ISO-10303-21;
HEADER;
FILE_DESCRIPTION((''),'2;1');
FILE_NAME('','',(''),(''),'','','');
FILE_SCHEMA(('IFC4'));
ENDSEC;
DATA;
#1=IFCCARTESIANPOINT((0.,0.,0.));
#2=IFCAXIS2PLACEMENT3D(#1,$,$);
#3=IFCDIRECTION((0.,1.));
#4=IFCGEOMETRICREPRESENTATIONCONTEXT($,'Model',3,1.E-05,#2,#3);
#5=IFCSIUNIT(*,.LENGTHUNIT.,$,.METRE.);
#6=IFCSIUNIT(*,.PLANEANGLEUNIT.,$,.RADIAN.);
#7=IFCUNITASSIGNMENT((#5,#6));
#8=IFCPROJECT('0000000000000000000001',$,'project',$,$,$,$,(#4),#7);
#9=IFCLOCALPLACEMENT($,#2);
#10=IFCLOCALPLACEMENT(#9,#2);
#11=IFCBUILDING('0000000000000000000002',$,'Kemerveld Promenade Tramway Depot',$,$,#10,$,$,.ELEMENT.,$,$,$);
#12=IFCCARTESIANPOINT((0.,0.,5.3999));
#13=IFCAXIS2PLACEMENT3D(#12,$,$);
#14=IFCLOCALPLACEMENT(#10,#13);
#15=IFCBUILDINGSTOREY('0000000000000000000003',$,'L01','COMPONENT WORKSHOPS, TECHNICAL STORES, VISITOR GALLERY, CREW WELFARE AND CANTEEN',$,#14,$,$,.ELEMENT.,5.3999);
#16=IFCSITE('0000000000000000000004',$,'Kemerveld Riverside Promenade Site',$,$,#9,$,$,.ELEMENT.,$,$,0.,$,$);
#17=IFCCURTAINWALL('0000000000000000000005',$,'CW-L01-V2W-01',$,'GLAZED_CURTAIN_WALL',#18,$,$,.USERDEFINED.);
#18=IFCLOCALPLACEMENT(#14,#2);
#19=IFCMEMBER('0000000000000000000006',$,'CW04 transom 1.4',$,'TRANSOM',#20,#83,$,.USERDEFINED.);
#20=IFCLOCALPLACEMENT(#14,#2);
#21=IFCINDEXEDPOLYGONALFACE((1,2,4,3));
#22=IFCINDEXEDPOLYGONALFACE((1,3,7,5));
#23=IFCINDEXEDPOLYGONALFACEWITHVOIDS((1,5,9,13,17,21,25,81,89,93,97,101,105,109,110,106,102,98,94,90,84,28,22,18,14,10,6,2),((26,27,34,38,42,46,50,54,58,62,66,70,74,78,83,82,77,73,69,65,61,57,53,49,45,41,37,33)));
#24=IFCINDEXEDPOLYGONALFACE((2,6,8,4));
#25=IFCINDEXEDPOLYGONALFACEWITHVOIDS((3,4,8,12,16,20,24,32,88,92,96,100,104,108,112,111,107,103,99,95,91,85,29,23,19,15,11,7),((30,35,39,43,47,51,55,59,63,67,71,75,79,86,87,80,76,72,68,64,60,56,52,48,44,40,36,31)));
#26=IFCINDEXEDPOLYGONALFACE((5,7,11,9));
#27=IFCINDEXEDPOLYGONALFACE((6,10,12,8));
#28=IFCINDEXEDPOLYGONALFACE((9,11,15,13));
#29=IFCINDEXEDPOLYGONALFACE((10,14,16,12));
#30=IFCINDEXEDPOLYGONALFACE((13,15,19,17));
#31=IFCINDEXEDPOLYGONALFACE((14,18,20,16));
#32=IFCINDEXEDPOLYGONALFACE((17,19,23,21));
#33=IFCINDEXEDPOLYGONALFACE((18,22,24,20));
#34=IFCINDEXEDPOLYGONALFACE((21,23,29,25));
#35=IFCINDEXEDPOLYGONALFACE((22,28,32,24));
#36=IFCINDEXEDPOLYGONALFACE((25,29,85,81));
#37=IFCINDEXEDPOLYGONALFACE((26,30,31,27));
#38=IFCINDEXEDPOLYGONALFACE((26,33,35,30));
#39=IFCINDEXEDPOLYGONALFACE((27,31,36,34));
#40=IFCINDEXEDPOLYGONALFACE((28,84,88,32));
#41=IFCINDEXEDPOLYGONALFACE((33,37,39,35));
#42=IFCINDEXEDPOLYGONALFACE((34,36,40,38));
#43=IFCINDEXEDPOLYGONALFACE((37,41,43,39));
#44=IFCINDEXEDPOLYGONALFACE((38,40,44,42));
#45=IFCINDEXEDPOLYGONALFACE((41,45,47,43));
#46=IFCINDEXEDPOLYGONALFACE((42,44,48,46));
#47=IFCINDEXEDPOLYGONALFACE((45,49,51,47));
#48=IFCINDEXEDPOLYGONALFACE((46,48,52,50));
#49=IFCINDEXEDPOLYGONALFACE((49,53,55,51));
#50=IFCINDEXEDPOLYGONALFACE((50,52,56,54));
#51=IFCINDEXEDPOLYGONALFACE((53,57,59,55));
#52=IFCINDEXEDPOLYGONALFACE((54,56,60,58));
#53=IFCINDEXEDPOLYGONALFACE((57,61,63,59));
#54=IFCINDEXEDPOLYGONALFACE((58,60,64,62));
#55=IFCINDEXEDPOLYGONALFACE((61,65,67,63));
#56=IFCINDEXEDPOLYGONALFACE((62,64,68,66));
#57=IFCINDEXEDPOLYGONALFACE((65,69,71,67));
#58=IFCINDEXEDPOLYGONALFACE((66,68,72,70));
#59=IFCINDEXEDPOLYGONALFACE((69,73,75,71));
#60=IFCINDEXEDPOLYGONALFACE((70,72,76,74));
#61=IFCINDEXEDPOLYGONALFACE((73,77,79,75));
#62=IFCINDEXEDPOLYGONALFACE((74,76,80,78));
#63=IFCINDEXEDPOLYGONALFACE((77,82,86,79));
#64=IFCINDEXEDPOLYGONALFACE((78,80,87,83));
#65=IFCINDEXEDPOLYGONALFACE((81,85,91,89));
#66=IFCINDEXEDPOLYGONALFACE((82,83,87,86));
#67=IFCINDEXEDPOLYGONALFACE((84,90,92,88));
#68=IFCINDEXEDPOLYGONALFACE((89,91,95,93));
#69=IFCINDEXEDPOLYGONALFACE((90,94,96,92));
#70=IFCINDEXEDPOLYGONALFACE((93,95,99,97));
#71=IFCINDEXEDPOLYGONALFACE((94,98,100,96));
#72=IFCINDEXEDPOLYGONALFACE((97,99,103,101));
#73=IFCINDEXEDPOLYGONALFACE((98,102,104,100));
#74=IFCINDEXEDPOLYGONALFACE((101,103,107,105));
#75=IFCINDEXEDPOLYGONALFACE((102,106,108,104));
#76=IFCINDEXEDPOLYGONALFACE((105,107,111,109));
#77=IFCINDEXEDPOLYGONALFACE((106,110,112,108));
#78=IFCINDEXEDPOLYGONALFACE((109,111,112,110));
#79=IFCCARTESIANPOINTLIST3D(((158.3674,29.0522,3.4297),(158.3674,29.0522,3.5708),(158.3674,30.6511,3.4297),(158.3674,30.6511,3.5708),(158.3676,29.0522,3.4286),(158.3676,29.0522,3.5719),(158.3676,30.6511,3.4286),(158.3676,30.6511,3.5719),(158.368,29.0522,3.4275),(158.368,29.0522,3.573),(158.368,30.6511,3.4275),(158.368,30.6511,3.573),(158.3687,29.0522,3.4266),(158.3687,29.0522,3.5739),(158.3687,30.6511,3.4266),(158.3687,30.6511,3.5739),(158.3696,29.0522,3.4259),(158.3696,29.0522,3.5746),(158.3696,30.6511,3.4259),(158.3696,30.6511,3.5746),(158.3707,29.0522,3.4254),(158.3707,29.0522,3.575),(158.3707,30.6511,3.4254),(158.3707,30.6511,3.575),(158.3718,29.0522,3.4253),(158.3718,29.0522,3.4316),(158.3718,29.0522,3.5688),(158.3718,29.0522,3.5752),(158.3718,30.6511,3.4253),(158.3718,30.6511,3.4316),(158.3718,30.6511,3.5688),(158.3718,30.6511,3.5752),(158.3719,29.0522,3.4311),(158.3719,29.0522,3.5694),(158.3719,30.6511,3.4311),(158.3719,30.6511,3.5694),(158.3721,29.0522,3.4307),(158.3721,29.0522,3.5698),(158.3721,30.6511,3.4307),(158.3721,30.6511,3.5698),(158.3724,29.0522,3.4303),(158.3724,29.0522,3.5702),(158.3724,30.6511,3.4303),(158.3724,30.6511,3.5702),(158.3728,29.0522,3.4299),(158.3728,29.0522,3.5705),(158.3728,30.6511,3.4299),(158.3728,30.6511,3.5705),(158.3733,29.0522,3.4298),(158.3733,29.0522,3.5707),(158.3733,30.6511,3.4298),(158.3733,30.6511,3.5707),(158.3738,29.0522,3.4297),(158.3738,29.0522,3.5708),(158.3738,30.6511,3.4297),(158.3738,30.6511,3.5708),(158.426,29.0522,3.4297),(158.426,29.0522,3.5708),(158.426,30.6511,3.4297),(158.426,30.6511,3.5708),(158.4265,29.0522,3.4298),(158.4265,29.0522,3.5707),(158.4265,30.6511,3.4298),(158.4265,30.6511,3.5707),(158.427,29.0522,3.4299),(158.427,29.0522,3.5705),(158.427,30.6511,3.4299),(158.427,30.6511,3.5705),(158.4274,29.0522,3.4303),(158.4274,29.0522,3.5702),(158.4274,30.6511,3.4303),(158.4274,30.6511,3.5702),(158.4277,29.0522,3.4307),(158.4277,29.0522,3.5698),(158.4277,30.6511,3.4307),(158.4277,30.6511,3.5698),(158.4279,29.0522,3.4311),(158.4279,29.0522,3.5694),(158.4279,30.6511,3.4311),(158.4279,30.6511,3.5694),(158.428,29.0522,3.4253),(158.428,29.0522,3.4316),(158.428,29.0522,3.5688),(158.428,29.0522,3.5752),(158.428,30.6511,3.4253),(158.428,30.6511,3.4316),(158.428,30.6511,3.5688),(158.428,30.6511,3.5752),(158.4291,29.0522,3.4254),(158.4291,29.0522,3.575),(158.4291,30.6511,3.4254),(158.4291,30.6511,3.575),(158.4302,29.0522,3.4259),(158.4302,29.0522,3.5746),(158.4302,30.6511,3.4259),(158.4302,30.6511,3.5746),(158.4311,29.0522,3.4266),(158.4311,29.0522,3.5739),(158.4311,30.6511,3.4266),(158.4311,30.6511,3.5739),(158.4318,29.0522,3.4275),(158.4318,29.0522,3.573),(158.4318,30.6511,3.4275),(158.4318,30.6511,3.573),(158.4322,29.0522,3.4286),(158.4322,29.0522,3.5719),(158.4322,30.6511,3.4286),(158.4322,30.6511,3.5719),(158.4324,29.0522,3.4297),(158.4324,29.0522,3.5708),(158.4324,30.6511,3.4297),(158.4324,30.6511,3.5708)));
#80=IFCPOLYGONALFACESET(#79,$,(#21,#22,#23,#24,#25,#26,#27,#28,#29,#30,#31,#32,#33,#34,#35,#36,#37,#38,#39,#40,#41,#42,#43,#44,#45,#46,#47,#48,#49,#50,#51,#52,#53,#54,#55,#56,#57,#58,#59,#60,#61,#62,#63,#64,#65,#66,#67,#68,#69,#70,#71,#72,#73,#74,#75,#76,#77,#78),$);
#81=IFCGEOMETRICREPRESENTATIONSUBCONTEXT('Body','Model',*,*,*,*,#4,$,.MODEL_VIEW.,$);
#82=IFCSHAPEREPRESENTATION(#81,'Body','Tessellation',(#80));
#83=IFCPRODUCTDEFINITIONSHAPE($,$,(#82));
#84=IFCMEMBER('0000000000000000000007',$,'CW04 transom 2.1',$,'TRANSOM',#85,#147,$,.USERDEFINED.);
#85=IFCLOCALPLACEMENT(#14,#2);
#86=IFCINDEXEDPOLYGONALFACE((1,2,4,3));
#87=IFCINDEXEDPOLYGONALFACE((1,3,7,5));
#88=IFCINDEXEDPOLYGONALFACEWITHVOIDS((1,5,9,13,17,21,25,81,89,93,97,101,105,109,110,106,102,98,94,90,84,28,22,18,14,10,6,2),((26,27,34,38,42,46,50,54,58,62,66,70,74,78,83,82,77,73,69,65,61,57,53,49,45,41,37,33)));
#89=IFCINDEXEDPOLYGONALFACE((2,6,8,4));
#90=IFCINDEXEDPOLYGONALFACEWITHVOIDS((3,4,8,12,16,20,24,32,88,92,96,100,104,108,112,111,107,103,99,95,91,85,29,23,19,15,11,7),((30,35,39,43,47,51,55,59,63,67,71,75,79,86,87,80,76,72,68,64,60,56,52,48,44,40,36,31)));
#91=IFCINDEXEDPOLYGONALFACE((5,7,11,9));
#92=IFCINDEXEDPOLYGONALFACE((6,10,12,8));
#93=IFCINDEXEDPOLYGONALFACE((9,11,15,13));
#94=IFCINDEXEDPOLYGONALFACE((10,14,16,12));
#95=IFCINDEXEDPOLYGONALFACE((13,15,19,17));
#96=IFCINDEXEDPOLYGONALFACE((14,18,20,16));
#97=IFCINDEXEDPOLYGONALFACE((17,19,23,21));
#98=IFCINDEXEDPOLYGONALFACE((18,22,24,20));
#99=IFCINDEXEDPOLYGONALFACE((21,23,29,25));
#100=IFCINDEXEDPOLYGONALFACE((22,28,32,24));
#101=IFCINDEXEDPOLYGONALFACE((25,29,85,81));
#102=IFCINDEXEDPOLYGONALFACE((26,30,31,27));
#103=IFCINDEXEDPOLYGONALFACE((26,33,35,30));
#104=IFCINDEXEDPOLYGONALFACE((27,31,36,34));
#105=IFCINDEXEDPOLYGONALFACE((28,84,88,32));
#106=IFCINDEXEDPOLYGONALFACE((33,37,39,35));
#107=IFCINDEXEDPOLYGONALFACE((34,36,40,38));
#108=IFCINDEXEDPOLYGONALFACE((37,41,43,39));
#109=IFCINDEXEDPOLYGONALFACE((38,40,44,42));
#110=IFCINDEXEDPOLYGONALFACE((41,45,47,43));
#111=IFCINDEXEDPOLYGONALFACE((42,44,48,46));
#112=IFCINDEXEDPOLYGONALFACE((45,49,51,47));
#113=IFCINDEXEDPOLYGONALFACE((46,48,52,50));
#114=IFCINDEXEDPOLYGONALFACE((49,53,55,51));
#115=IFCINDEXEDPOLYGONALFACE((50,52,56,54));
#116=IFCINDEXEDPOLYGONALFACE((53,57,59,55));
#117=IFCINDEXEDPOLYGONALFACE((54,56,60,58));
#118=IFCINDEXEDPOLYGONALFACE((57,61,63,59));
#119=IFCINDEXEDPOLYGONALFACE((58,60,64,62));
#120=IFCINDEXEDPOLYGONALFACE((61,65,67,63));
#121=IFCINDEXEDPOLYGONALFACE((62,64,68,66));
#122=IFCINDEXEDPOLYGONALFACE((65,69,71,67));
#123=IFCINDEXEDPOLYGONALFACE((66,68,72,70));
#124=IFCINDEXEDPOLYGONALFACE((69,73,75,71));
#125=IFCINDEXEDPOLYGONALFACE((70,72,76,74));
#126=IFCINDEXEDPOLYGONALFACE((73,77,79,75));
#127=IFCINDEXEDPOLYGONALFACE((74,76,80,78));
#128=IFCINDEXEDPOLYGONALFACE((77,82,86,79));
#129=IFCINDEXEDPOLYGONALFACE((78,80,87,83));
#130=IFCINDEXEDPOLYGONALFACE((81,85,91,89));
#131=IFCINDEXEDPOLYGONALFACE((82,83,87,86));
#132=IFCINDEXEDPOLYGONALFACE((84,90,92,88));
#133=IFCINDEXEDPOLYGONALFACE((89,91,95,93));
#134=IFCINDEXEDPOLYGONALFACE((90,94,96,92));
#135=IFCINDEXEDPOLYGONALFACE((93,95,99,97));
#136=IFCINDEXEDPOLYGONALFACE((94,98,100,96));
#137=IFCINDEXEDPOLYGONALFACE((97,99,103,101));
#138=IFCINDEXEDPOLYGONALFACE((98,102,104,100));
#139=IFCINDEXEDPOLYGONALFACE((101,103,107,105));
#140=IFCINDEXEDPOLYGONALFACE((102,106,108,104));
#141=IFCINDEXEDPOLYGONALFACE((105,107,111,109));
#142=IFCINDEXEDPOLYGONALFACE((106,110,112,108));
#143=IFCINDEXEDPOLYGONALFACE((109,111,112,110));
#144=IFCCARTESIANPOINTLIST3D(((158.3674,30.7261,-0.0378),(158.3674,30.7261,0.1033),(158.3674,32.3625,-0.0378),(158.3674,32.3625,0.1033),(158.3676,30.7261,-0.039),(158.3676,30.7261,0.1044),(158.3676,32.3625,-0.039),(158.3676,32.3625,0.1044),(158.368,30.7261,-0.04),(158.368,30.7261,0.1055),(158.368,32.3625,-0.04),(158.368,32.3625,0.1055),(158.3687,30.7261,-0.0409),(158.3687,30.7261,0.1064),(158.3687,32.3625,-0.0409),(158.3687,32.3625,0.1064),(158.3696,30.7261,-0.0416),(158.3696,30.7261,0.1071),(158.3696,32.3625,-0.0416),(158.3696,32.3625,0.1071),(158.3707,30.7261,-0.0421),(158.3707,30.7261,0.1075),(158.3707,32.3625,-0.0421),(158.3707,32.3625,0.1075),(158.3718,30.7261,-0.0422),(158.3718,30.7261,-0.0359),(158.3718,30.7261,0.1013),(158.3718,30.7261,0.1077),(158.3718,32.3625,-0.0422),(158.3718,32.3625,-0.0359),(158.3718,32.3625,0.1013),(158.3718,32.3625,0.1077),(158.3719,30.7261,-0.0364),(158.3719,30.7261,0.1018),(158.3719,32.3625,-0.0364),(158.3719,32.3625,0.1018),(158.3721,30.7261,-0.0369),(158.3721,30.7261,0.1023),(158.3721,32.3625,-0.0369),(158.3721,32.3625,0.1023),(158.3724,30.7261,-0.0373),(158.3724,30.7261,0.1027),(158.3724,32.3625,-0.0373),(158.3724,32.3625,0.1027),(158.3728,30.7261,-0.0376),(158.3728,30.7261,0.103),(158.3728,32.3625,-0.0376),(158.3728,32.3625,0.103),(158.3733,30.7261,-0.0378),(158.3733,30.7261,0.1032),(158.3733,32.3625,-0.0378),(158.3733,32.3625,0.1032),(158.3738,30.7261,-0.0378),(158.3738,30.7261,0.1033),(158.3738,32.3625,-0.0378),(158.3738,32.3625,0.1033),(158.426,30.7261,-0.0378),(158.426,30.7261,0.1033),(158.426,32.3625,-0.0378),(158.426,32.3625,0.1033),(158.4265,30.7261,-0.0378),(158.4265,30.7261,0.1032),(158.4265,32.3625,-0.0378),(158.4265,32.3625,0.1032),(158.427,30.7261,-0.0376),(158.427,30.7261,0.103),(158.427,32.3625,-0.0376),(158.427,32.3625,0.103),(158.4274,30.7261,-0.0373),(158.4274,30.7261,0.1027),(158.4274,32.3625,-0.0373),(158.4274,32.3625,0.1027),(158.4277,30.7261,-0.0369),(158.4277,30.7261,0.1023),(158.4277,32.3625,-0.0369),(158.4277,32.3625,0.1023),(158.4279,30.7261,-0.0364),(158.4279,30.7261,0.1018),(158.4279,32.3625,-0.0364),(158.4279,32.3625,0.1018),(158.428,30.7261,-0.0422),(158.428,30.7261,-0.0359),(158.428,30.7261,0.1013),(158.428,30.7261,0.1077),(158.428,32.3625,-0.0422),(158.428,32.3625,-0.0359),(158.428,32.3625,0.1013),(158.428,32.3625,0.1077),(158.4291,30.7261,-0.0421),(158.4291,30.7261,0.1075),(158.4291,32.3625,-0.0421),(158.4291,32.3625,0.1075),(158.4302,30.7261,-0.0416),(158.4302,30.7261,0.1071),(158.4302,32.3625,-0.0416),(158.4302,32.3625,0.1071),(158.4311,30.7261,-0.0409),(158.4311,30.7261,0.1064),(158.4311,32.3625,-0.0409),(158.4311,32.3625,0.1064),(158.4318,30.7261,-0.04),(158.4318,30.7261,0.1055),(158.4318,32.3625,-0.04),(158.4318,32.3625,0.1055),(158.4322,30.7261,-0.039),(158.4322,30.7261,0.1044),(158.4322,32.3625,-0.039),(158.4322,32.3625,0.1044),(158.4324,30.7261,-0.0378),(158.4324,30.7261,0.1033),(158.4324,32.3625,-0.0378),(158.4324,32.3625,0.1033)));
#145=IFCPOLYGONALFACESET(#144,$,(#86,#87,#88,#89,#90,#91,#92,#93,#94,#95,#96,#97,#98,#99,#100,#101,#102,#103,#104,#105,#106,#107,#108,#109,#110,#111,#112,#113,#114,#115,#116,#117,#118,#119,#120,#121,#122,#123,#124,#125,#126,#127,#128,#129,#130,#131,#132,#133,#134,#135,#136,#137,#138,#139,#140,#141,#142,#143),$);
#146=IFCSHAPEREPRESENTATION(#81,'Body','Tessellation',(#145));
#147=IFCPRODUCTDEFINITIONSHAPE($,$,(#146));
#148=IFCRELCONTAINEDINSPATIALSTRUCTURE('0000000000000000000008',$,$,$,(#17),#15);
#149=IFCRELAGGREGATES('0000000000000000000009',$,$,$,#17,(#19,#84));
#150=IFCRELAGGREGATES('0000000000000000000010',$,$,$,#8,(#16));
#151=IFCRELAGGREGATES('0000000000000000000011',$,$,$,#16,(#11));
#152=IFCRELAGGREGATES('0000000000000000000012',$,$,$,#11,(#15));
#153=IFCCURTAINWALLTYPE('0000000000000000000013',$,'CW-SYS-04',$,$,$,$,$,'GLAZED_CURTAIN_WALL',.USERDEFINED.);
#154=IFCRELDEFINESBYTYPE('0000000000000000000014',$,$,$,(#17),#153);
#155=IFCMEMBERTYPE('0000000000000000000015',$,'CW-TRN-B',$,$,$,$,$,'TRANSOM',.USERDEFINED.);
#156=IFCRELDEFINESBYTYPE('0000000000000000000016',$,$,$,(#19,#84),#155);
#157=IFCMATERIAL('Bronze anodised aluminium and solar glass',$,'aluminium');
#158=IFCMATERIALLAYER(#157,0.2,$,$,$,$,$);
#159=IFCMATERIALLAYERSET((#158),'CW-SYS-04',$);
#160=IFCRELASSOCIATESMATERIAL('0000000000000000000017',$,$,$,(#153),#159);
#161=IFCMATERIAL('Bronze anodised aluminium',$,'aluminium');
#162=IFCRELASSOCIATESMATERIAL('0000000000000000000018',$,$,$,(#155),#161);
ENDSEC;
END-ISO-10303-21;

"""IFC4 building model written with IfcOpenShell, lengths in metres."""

from ifc_helpers import new_model, si_unit, direction, frame, origin, origin_2d, place, context, subcontext, project, spatial, hollow_rectangle, extrude, material, layer, layer_set, material_profile, profile_set, type_object, element, aggregate, save


model = new_model("IFC4")

# Units and contexts
model_context = context("Model", 3, precision=1e-05, world=origin(), true_north=direction((0.0, 1.0)))
body_context = subcontext(model_context, "Body", "Model", "MODEL_VIEW")
ifc_project = project(units=[si_unit("LENGTHUNIT", "METRE"), si_unit("PLANEANGLEUNIT", "RADIAN")], contexts=[model_context])

# Site, building, storey
site_placement = place(None, origin())
site = spatial("IfcSite", under=ifc_project, at=site_placement, Name="Kemerveld Riverside Promenade Site", CompositionType="ELEMENT", RefElevation=0.0)
building_placement = place(site_placement, origin())
building = spatial("IfcBuilding", under=site, at=building_placement, Name="Kemerveld Promenade Tramway Depot", CompositionType="ELEMENT")
storey_placement = place(building_placement, frame((0.0, 0.0, 5.3999)))
storey = spatial("IfcBuildingStorey", under=building, at=storey_placement, Name="L01", Description="COMPONENT WORKSHOPS, TECHNICAL STORES, VISITOR GALLERY, CREW WELFARE AND CANTEEN", CompositionType="ELEMENT", Elevation=5.3999)

# Curtain wall, members
ifc_material_1 = material(Name="Bronze anodised aluminium and solar glass", Category="aluminium")
ifc_layer_1 = layer(ifc_material_1, 0.2)
ifc_layer_set_1 = layer_set([ifc_layer_1], Name="CW-SYS-04")
curtain_wall_type = type_object("IfcCurtainWallType", Name="CW-SYS-04", ElementType="GLAZED_CURTAIN_WALL", PredefinedType="USERDEFINED", material=ifc_layer_set_1)
curtain_wall_placement = place(storey_placement, origin())
curtain_wall = element("IfcCurtainWall", 1, at=curtain_wall_placement, inside=storey, type_object=curtain_wall_type, Name="CW-L01-V2W-01", ObjectType="GLAZED_CURTAIN_WALL", PredefinedType="USERDEFINED")
ifc_material_2 = material(Name="Bronze anodised aluminium", Category="aluminium")
ifc_material_profile_1 = material_profile(ifc_material_2, hollow_rectangle(XDim=0.0649, YDim=0.1499, WallThickness=0.0044, InnerFilletRadius=0.002, OuterFilletRadius=0.0044, at=origin_2d()), Name="CW-TRN-150x65")
ifc_profile_set_1 = profile_set([ifc_material_profile_1], Name="Bronze anodised aluminium")
member_type_1 = type_object("IfcMemberType", Name="CW-TRN-B", ElementType="TRANSOM", PredefinedType="USERDEFINED", material=ifc_profile_set_1)
member_1_placement = place(storey_placement, frame((158.3999, 29.0522, 3.5002), z_axis=(0.0, 1.0, 0.0), x_axis=(-1.0, 0.0, 0.0)))
member_1 = element("IfcMember", 2, at=member_1_placement, type_object=member_type_1, Name="CW04 transom 1.4", ObjectType="TRANSOM", PredefinedType="USERDEFINED", context=body_context, shape_type="SweptSolid", body=[
    extrude(hollow_rectangle(XDim=0.0649, YDim=0.1499, WallThickness=0.0044, InnerFilletRadius=0.002, OuterFilletRadius=0.0044, at=origin_2d()), origin(), (0.0, 0.0, 1.0), 1.5989),
])
member_2_placement = place(storey_placement, frame((158.3999, 30.7261, 0.0327), z_axis=(0.0, 1.0, 0.0), x_axis=(-1.0, 0.0, 0.0)))
member_2 = element("IfcMember", 3, at=member_2_placement, type_object=member_type_1, Name="CW04 transom 2.1", ObjectType="TRANSOM", PredefinedType="USERDEFINED", context=body_context, shape_type="SweptSolid", body=[
    extrude(hollow_rectangle(XDim=0.0649, YDim=0.1499, WallThickness=0.0044, InnerFilletRadius=0.002, OuterFilletRadius=0.0044, at=origin_2d()), origin(), (0.0, 0.0, 1.0), 1.6365),
])
aggregate(curtain_wall, [member_1, member_2])

save(model, "model.ifc")
